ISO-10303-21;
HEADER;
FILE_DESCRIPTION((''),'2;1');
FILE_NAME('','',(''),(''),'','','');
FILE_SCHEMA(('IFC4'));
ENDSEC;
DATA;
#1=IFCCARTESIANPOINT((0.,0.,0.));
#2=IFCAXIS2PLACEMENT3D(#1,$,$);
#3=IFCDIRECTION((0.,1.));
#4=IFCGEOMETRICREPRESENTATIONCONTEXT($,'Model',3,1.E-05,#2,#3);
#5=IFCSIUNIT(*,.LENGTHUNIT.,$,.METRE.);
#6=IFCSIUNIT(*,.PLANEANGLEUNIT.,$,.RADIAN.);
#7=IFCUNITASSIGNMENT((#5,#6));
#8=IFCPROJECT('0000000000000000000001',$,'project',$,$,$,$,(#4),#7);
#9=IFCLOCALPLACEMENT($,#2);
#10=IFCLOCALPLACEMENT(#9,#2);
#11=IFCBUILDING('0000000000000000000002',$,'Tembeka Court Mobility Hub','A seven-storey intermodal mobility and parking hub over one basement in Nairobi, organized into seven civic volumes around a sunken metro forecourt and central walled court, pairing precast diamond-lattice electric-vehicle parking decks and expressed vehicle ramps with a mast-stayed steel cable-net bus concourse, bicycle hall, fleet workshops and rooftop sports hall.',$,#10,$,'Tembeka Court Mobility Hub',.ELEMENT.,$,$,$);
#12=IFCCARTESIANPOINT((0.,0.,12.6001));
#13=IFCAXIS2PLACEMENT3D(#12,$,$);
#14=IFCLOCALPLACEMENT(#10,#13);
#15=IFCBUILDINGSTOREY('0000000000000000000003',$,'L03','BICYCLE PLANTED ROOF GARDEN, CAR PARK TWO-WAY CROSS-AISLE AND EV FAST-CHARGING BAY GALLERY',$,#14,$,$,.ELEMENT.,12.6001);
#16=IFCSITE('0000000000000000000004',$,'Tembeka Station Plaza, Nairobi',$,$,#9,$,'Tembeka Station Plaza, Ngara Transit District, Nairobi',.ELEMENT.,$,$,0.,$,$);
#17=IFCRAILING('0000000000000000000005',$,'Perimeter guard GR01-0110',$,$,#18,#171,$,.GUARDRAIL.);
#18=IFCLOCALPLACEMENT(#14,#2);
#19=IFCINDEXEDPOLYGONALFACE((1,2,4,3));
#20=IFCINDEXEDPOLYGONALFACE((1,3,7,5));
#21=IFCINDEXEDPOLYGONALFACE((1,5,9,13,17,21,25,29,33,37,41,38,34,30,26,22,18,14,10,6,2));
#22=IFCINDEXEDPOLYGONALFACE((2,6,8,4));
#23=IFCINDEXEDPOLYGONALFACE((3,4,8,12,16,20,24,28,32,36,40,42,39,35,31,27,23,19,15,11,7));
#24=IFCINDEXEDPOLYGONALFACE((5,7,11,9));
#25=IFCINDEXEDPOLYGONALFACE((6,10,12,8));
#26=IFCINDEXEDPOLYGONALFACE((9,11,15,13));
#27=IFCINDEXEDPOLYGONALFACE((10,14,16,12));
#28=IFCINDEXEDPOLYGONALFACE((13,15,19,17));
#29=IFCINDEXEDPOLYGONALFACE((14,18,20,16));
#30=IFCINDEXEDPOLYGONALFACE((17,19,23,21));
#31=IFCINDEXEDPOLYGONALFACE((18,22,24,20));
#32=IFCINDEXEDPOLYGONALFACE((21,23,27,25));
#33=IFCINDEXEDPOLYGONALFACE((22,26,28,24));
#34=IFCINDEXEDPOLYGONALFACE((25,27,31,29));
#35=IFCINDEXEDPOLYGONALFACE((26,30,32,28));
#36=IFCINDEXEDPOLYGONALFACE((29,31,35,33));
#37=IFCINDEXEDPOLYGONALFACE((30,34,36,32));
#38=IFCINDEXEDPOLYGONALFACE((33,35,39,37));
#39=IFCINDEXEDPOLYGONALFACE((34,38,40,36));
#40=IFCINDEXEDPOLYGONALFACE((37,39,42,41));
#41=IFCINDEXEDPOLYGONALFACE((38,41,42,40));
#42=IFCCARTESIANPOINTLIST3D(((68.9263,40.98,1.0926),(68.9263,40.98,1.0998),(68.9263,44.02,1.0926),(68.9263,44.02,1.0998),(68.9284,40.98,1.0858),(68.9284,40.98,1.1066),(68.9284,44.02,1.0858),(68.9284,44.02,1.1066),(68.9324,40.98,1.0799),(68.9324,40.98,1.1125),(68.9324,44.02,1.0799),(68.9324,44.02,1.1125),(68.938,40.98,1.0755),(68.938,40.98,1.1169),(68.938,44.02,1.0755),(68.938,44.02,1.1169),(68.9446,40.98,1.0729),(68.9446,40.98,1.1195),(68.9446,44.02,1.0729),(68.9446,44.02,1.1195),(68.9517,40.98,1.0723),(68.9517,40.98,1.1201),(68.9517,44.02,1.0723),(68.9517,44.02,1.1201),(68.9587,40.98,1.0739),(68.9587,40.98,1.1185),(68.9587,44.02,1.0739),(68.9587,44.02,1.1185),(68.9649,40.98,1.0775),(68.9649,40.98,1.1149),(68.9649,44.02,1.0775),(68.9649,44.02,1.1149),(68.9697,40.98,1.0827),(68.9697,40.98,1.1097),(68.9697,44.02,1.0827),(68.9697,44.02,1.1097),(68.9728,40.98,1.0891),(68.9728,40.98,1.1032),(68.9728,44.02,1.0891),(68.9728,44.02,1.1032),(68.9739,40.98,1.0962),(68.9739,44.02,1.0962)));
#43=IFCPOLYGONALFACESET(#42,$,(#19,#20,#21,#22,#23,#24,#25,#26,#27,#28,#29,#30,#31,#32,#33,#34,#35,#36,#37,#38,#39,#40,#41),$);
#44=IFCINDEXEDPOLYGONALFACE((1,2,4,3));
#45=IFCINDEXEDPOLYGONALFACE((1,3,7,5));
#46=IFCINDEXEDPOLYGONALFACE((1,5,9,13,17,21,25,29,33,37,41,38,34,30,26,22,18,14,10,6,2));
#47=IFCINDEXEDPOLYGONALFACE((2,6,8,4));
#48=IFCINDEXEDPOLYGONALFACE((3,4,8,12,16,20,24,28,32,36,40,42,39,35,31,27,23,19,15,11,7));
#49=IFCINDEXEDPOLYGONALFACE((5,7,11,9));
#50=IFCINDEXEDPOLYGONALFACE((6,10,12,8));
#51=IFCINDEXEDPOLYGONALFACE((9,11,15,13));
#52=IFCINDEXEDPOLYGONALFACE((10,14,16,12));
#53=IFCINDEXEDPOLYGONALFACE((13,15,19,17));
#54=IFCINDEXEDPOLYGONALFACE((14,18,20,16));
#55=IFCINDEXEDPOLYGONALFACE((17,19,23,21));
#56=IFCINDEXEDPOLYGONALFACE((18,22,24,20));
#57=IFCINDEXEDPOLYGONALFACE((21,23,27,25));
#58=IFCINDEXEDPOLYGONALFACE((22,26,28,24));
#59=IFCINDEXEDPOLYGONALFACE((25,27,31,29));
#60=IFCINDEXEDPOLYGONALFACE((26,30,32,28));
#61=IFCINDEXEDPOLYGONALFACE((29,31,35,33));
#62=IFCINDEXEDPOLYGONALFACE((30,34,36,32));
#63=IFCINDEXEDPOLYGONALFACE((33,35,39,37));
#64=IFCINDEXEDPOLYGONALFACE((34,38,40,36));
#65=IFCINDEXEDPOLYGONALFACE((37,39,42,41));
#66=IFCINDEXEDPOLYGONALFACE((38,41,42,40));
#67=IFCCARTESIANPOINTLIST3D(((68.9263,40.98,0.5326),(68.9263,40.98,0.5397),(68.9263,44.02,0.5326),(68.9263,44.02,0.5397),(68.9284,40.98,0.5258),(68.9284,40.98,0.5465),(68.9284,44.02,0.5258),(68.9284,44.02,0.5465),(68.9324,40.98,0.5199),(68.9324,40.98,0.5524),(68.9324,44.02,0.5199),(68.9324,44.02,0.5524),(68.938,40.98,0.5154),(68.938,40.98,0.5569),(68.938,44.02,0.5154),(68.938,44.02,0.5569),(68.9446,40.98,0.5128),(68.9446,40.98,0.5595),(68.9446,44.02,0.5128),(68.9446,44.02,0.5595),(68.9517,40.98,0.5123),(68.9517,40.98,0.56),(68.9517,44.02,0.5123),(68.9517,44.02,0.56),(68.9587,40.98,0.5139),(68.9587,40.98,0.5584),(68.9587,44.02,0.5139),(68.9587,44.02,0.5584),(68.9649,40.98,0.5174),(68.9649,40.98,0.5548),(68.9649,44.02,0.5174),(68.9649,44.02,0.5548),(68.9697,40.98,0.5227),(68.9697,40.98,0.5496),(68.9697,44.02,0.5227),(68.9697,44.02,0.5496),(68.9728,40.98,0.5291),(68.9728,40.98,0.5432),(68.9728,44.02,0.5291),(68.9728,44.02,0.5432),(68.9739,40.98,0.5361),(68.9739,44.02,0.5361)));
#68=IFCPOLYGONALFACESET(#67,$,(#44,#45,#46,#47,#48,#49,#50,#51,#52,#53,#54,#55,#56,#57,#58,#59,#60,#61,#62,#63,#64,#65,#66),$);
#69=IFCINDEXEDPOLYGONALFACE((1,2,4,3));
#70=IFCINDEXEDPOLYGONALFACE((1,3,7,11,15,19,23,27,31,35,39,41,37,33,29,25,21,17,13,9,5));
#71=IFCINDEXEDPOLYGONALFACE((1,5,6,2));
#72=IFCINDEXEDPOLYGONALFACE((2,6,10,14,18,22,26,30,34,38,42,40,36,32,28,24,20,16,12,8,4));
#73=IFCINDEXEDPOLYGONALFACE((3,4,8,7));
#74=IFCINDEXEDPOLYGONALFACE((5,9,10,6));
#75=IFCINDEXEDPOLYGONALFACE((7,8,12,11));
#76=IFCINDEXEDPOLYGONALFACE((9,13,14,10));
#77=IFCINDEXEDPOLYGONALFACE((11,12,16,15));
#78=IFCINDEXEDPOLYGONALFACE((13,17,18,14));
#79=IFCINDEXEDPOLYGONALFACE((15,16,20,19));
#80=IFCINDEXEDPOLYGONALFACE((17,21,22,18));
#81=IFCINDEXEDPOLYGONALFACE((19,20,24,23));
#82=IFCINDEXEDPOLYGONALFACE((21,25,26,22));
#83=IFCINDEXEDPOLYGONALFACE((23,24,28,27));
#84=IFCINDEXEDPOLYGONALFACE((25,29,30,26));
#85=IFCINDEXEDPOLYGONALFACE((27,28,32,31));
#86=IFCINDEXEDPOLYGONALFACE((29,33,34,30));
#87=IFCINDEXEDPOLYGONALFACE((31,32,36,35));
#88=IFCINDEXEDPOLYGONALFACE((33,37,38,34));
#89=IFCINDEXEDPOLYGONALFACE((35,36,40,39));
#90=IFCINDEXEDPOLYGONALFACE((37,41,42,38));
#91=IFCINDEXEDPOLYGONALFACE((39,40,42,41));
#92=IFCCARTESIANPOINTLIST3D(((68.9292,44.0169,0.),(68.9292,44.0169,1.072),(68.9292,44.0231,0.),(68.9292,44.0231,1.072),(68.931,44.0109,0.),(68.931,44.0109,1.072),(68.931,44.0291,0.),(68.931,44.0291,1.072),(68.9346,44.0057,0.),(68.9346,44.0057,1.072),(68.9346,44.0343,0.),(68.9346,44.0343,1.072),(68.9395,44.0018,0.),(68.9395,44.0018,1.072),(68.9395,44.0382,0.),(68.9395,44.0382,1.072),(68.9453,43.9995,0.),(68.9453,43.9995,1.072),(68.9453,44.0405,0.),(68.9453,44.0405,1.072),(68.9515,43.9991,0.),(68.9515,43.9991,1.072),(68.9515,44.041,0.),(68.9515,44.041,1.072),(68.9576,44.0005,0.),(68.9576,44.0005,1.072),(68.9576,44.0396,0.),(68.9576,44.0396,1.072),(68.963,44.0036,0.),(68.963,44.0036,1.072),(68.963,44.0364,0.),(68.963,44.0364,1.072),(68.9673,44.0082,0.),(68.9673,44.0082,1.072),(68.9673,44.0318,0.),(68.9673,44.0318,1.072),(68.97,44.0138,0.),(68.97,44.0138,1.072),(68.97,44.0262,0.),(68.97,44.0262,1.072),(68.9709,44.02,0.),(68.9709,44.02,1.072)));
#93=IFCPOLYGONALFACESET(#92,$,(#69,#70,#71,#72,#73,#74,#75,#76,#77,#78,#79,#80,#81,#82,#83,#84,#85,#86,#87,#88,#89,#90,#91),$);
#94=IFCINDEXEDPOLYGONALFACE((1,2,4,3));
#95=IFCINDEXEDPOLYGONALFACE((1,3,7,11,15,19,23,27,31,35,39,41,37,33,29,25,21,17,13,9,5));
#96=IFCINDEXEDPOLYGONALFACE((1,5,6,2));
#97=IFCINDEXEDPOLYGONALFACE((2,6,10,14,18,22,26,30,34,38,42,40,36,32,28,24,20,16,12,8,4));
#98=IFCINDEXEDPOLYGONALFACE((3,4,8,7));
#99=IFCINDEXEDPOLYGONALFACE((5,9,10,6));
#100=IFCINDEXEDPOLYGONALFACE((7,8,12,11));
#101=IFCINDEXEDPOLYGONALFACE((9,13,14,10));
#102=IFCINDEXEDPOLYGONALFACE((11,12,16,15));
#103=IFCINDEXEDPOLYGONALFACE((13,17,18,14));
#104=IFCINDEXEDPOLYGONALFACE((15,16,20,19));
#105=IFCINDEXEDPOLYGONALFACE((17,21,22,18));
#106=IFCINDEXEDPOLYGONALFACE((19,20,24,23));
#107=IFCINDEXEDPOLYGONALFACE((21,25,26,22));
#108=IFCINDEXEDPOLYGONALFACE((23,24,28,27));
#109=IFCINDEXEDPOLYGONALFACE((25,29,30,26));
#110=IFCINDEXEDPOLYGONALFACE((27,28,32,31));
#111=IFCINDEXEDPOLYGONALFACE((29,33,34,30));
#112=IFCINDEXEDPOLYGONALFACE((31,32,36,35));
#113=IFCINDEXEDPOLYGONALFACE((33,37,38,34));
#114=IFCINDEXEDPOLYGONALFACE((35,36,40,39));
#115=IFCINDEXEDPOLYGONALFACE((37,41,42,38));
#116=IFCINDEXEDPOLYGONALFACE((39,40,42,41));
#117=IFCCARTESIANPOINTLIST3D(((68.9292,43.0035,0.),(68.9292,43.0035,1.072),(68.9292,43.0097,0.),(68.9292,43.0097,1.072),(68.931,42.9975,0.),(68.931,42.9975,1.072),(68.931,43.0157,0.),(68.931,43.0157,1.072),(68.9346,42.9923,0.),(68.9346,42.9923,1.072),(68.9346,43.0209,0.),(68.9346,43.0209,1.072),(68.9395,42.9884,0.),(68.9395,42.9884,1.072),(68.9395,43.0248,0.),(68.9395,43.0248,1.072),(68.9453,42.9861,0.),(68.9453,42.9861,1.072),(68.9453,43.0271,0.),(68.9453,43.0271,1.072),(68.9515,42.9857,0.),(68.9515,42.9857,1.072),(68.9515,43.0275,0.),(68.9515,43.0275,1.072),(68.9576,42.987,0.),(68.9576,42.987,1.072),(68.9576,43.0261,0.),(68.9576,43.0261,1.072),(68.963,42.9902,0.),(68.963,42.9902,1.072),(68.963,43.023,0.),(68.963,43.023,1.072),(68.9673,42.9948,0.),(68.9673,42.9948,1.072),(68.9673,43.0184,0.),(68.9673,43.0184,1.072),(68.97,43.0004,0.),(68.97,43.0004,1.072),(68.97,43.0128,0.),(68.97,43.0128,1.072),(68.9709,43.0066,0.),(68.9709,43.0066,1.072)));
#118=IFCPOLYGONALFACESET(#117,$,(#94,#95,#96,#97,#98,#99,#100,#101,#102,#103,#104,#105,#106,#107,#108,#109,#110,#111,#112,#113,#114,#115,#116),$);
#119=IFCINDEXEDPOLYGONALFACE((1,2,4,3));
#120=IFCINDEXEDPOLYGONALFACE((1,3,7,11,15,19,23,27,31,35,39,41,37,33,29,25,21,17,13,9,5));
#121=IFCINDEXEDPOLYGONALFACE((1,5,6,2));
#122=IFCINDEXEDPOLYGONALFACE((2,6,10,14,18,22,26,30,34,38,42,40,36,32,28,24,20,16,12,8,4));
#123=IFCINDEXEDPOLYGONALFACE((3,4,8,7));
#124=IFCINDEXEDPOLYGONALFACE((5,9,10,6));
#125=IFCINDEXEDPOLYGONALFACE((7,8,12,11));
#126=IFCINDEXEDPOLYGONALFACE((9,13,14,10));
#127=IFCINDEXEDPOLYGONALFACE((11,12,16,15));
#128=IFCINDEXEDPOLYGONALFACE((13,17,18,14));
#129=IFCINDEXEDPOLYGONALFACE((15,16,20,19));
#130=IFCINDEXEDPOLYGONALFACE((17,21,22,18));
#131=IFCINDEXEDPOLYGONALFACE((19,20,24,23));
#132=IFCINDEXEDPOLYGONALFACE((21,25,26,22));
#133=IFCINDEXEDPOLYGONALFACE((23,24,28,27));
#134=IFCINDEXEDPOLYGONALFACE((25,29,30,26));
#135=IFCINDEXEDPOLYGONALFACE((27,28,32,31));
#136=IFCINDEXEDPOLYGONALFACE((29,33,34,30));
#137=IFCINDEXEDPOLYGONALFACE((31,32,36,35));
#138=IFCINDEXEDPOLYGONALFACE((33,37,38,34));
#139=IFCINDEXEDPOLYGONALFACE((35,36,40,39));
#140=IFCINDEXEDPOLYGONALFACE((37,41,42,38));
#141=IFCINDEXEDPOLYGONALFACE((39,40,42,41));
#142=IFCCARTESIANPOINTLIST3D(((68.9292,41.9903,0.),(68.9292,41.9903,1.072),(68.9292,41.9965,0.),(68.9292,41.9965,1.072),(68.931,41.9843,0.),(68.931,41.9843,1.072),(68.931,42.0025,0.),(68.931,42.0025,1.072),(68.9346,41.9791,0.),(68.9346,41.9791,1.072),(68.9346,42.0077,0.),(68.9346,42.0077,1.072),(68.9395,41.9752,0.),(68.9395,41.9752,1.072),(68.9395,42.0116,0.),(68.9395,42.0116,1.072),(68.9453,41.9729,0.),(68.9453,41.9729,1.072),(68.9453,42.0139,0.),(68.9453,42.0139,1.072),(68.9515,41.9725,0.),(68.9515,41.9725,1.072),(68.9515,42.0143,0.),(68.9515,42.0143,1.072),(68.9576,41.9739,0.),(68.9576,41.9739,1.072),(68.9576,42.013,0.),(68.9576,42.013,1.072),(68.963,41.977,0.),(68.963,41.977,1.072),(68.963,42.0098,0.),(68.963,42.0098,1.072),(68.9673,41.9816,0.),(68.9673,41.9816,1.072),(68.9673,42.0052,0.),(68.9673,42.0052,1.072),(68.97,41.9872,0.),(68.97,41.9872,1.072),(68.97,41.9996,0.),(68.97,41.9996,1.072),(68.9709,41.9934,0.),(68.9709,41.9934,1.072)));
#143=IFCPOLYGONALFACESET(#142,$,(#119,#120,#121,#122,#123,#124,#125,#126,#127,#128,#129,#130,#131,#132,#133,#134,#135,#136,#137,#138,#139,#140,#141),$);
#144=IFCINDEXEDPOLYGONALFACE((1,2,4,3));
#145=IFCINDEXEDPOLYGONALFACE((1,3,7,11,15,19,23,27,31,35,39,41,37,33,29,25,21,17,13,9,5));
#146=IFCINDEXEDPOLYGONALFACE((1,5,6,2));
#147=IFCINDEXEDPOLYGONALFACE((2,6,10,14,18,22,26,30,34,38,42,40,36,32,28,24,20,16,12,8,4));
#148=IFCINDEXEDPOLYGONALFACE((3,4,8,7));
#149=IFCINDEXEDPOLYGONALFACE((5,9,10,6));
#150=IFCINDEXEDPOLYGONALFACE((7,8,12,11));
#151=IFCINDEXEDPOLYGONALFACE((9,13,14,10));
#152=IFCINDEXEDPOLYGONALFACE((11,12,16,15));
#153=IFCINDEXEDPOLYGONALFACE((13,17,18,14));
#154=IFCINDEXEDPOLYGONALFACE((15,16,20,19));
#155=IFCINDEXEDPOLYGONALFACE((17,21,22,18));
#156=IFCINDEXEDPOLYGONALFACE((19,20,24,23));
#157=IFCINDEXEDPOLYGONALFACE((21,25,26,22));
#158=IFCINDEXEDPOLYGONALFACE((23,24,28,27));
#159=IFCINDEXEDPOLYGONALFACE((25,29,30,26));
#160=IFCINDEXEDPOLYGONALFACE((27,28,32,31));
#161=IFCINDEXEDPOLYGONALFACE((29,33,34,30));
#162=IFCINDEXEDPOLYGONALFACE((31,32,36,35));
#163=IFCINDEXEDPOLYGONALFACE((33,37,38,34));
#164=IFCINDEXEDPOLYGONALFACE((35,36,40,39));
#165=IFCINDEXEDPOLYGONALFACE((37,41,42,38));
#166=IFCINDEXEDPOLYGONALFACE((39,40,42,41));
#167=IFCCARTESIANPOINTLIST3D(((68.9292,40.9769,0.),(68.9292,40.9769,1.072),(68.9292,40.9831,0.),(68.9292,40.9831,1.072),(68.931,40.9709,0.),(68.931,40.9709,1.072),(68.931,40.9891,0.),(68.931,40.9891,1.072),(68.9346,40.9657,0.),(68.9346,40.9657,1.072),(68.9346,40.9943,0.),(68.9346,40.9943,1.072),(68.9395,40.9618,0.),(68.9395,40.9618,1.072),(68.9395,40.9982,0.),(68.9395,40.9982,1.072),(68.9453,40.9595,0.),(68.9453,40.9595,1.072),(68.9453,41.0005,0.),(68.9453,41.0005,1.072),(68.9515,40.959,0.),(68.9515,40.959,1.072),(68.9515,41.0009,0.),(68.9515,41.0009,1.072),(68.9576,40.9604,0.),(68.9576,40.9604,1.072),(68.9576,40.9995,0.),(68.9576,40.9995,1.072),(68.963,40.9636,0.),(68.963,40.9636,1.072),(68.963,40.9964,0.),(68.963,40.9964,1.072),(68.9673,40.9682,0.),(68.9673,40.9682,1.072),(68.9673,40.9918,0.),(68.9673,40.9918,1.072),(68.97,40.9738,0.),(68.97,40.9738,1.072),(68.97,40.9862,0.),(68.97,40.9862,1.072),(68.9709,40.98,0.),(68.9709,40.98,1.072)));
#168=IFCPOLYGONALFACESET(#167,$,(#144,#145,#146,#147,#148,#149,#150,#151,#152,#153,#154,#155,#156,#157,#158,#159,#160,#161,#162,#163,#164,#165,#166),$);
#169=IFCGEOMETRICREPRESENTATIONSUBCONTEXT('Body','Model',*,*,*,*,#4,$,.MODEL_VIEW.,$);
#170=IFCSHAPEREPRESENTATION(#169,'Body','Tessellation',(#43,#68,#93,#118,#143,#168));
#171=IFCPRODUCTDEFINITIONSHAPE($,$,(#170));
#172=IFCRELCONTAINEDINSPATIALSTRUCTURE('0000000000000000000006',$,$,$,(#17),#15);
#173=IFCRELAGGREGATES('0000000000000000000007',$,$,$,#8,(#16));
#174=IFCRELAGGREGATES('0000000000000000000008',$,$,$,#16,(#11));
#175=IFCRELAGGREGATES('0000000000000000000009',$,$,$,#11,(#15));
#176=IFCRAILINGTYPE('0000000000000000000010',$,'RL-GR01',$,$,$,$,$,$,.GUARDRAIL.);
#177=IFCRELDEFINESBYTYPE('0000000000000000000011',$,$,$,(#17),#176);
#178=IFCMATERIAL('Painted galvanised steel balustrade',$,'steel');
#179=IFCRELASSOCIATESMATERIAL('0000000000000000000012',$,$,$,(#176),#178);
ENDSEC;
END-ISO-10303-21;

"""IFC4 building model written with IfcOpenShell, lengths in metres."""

from ifc_helpers import new_model, si_unit, direction, frame, origin, origin_2d, place, context, subcontext, project, spatial, circle, extrude, material, type_object, element, save


model = new_model("IFC4")

# Units and contexts
model_context = context("Model", 3, precision=1e-05, world=origin(), true_north=direction((0.0, 1.0)))
body_context = subcontext(model_context, "Body", "Model", "MODEL_VIEW")
ifc_project = project(units=[si_unit("LENGTHUNIT", "METRE"), si_unit("PLANEANGLEUNIT", "RADIAN")], contexts=[model_context])

# Site, building, storey
site_placement = place(None, origin())
site = spatial("IfcSite", under=ifc_project, at=site_placement, Name="Tembeka Station Plaza, Nairobi", LongName="Tembeka Station Plaza, Ngara Transit District, Nairobi", CompositionType="ELEMENT", RefElevation=0.0)
building_placement = place(site_placement, origin())
building = spatial("IfcBuilding", under=site, at=building_placement, Name="Tembeka Court Mobility Hub", Description="A seven-storey intermodal mobility and parking hub over one basement in Nairobi, organized into seven civic volumes around a sunken metro forecourt and central walled court, pairing precast diamond-lattice electric-vehicle parking decks and expressed vehicle ramps with a mast-stayed steel cable-net bus concourse, bicycle hall, fleet workshops and rooftop sports hall.", LongName="Tembeka Court Mobility Hub", CompositionType="ELEMENT")
storey_placement = place(building_placement, frame((0.0, 0.0, 12.6001)))
storey = spatial("IfcBuildingStorey", under=building, at=storey_placement, Name="L03", Description="BICYCLE PLANTED ROOF GARDEN, CAR PARK TWO-WAY CROSS-AISLE AND EV FAST-CHARGING BAY GALLERY", CompositionType="ELEMENT", Elevation=12.6001)

# Railing
ifc_material_1 = material(Name="Painted galvanised steel balustrade", Category="steel")
railing_type = type_object("IfcRailingType", Name="RL-GR01", PredefinedType="GUARDRAIL", material=ifc_material_1)
railing_1_placement = place(storey_placement, frame((68.95, 44.02, 0.0)))
element("IfcRailing", 1, at=railing_1_placement, inside=storey, type_object=railing_type, Name="Perimeter guard GR01-0110", PredefinedType="GUARDRAIL", context=body_context, shape_type="SweptSolid", body=[
    extrude(circle(Radius=0.0239, at=origin_2d()), frame((0.0, 0.0, 1.0962), z_axis=(0.0, -1.0, 0.0), x_axis=(1.0, 0.0, 0.0)), (0.0, 0.0, 1.0), 3.04),
    extrude(circle(Radius=0.0239, at=origin_2d()), frame((0.0, 0.0, 0.5361), z_axis=(0.0, -1.0, 0.0), x_axis=(1.0, 0.0, 0.0)), (0.0, 0.0, 1.0), 3.04),
    extrude(circle(Radius=0.021, at=origin_2d()), origin(), (0.0, 0.0, 1.0), 1.072),
    extrude(circle(Radius=0.021, at=origin_2d()), frame((0.0, -1.0134, 0.0)), (0.0, 0.0, 1.0), 1.072),
    extrude(circle(Radius=0.021, at=origin_2d()), frame((0.0, -2.0266, 0.0)), (0.0, 0.0, 1.0), 1.072),
    extrude(circle(Radius=0.021, at=origin_2d()), frame((0.0, -3.04, 0.0)), (0.0, 0.0, 1.0), 1.072),
])

save(model, "model.ifc")
